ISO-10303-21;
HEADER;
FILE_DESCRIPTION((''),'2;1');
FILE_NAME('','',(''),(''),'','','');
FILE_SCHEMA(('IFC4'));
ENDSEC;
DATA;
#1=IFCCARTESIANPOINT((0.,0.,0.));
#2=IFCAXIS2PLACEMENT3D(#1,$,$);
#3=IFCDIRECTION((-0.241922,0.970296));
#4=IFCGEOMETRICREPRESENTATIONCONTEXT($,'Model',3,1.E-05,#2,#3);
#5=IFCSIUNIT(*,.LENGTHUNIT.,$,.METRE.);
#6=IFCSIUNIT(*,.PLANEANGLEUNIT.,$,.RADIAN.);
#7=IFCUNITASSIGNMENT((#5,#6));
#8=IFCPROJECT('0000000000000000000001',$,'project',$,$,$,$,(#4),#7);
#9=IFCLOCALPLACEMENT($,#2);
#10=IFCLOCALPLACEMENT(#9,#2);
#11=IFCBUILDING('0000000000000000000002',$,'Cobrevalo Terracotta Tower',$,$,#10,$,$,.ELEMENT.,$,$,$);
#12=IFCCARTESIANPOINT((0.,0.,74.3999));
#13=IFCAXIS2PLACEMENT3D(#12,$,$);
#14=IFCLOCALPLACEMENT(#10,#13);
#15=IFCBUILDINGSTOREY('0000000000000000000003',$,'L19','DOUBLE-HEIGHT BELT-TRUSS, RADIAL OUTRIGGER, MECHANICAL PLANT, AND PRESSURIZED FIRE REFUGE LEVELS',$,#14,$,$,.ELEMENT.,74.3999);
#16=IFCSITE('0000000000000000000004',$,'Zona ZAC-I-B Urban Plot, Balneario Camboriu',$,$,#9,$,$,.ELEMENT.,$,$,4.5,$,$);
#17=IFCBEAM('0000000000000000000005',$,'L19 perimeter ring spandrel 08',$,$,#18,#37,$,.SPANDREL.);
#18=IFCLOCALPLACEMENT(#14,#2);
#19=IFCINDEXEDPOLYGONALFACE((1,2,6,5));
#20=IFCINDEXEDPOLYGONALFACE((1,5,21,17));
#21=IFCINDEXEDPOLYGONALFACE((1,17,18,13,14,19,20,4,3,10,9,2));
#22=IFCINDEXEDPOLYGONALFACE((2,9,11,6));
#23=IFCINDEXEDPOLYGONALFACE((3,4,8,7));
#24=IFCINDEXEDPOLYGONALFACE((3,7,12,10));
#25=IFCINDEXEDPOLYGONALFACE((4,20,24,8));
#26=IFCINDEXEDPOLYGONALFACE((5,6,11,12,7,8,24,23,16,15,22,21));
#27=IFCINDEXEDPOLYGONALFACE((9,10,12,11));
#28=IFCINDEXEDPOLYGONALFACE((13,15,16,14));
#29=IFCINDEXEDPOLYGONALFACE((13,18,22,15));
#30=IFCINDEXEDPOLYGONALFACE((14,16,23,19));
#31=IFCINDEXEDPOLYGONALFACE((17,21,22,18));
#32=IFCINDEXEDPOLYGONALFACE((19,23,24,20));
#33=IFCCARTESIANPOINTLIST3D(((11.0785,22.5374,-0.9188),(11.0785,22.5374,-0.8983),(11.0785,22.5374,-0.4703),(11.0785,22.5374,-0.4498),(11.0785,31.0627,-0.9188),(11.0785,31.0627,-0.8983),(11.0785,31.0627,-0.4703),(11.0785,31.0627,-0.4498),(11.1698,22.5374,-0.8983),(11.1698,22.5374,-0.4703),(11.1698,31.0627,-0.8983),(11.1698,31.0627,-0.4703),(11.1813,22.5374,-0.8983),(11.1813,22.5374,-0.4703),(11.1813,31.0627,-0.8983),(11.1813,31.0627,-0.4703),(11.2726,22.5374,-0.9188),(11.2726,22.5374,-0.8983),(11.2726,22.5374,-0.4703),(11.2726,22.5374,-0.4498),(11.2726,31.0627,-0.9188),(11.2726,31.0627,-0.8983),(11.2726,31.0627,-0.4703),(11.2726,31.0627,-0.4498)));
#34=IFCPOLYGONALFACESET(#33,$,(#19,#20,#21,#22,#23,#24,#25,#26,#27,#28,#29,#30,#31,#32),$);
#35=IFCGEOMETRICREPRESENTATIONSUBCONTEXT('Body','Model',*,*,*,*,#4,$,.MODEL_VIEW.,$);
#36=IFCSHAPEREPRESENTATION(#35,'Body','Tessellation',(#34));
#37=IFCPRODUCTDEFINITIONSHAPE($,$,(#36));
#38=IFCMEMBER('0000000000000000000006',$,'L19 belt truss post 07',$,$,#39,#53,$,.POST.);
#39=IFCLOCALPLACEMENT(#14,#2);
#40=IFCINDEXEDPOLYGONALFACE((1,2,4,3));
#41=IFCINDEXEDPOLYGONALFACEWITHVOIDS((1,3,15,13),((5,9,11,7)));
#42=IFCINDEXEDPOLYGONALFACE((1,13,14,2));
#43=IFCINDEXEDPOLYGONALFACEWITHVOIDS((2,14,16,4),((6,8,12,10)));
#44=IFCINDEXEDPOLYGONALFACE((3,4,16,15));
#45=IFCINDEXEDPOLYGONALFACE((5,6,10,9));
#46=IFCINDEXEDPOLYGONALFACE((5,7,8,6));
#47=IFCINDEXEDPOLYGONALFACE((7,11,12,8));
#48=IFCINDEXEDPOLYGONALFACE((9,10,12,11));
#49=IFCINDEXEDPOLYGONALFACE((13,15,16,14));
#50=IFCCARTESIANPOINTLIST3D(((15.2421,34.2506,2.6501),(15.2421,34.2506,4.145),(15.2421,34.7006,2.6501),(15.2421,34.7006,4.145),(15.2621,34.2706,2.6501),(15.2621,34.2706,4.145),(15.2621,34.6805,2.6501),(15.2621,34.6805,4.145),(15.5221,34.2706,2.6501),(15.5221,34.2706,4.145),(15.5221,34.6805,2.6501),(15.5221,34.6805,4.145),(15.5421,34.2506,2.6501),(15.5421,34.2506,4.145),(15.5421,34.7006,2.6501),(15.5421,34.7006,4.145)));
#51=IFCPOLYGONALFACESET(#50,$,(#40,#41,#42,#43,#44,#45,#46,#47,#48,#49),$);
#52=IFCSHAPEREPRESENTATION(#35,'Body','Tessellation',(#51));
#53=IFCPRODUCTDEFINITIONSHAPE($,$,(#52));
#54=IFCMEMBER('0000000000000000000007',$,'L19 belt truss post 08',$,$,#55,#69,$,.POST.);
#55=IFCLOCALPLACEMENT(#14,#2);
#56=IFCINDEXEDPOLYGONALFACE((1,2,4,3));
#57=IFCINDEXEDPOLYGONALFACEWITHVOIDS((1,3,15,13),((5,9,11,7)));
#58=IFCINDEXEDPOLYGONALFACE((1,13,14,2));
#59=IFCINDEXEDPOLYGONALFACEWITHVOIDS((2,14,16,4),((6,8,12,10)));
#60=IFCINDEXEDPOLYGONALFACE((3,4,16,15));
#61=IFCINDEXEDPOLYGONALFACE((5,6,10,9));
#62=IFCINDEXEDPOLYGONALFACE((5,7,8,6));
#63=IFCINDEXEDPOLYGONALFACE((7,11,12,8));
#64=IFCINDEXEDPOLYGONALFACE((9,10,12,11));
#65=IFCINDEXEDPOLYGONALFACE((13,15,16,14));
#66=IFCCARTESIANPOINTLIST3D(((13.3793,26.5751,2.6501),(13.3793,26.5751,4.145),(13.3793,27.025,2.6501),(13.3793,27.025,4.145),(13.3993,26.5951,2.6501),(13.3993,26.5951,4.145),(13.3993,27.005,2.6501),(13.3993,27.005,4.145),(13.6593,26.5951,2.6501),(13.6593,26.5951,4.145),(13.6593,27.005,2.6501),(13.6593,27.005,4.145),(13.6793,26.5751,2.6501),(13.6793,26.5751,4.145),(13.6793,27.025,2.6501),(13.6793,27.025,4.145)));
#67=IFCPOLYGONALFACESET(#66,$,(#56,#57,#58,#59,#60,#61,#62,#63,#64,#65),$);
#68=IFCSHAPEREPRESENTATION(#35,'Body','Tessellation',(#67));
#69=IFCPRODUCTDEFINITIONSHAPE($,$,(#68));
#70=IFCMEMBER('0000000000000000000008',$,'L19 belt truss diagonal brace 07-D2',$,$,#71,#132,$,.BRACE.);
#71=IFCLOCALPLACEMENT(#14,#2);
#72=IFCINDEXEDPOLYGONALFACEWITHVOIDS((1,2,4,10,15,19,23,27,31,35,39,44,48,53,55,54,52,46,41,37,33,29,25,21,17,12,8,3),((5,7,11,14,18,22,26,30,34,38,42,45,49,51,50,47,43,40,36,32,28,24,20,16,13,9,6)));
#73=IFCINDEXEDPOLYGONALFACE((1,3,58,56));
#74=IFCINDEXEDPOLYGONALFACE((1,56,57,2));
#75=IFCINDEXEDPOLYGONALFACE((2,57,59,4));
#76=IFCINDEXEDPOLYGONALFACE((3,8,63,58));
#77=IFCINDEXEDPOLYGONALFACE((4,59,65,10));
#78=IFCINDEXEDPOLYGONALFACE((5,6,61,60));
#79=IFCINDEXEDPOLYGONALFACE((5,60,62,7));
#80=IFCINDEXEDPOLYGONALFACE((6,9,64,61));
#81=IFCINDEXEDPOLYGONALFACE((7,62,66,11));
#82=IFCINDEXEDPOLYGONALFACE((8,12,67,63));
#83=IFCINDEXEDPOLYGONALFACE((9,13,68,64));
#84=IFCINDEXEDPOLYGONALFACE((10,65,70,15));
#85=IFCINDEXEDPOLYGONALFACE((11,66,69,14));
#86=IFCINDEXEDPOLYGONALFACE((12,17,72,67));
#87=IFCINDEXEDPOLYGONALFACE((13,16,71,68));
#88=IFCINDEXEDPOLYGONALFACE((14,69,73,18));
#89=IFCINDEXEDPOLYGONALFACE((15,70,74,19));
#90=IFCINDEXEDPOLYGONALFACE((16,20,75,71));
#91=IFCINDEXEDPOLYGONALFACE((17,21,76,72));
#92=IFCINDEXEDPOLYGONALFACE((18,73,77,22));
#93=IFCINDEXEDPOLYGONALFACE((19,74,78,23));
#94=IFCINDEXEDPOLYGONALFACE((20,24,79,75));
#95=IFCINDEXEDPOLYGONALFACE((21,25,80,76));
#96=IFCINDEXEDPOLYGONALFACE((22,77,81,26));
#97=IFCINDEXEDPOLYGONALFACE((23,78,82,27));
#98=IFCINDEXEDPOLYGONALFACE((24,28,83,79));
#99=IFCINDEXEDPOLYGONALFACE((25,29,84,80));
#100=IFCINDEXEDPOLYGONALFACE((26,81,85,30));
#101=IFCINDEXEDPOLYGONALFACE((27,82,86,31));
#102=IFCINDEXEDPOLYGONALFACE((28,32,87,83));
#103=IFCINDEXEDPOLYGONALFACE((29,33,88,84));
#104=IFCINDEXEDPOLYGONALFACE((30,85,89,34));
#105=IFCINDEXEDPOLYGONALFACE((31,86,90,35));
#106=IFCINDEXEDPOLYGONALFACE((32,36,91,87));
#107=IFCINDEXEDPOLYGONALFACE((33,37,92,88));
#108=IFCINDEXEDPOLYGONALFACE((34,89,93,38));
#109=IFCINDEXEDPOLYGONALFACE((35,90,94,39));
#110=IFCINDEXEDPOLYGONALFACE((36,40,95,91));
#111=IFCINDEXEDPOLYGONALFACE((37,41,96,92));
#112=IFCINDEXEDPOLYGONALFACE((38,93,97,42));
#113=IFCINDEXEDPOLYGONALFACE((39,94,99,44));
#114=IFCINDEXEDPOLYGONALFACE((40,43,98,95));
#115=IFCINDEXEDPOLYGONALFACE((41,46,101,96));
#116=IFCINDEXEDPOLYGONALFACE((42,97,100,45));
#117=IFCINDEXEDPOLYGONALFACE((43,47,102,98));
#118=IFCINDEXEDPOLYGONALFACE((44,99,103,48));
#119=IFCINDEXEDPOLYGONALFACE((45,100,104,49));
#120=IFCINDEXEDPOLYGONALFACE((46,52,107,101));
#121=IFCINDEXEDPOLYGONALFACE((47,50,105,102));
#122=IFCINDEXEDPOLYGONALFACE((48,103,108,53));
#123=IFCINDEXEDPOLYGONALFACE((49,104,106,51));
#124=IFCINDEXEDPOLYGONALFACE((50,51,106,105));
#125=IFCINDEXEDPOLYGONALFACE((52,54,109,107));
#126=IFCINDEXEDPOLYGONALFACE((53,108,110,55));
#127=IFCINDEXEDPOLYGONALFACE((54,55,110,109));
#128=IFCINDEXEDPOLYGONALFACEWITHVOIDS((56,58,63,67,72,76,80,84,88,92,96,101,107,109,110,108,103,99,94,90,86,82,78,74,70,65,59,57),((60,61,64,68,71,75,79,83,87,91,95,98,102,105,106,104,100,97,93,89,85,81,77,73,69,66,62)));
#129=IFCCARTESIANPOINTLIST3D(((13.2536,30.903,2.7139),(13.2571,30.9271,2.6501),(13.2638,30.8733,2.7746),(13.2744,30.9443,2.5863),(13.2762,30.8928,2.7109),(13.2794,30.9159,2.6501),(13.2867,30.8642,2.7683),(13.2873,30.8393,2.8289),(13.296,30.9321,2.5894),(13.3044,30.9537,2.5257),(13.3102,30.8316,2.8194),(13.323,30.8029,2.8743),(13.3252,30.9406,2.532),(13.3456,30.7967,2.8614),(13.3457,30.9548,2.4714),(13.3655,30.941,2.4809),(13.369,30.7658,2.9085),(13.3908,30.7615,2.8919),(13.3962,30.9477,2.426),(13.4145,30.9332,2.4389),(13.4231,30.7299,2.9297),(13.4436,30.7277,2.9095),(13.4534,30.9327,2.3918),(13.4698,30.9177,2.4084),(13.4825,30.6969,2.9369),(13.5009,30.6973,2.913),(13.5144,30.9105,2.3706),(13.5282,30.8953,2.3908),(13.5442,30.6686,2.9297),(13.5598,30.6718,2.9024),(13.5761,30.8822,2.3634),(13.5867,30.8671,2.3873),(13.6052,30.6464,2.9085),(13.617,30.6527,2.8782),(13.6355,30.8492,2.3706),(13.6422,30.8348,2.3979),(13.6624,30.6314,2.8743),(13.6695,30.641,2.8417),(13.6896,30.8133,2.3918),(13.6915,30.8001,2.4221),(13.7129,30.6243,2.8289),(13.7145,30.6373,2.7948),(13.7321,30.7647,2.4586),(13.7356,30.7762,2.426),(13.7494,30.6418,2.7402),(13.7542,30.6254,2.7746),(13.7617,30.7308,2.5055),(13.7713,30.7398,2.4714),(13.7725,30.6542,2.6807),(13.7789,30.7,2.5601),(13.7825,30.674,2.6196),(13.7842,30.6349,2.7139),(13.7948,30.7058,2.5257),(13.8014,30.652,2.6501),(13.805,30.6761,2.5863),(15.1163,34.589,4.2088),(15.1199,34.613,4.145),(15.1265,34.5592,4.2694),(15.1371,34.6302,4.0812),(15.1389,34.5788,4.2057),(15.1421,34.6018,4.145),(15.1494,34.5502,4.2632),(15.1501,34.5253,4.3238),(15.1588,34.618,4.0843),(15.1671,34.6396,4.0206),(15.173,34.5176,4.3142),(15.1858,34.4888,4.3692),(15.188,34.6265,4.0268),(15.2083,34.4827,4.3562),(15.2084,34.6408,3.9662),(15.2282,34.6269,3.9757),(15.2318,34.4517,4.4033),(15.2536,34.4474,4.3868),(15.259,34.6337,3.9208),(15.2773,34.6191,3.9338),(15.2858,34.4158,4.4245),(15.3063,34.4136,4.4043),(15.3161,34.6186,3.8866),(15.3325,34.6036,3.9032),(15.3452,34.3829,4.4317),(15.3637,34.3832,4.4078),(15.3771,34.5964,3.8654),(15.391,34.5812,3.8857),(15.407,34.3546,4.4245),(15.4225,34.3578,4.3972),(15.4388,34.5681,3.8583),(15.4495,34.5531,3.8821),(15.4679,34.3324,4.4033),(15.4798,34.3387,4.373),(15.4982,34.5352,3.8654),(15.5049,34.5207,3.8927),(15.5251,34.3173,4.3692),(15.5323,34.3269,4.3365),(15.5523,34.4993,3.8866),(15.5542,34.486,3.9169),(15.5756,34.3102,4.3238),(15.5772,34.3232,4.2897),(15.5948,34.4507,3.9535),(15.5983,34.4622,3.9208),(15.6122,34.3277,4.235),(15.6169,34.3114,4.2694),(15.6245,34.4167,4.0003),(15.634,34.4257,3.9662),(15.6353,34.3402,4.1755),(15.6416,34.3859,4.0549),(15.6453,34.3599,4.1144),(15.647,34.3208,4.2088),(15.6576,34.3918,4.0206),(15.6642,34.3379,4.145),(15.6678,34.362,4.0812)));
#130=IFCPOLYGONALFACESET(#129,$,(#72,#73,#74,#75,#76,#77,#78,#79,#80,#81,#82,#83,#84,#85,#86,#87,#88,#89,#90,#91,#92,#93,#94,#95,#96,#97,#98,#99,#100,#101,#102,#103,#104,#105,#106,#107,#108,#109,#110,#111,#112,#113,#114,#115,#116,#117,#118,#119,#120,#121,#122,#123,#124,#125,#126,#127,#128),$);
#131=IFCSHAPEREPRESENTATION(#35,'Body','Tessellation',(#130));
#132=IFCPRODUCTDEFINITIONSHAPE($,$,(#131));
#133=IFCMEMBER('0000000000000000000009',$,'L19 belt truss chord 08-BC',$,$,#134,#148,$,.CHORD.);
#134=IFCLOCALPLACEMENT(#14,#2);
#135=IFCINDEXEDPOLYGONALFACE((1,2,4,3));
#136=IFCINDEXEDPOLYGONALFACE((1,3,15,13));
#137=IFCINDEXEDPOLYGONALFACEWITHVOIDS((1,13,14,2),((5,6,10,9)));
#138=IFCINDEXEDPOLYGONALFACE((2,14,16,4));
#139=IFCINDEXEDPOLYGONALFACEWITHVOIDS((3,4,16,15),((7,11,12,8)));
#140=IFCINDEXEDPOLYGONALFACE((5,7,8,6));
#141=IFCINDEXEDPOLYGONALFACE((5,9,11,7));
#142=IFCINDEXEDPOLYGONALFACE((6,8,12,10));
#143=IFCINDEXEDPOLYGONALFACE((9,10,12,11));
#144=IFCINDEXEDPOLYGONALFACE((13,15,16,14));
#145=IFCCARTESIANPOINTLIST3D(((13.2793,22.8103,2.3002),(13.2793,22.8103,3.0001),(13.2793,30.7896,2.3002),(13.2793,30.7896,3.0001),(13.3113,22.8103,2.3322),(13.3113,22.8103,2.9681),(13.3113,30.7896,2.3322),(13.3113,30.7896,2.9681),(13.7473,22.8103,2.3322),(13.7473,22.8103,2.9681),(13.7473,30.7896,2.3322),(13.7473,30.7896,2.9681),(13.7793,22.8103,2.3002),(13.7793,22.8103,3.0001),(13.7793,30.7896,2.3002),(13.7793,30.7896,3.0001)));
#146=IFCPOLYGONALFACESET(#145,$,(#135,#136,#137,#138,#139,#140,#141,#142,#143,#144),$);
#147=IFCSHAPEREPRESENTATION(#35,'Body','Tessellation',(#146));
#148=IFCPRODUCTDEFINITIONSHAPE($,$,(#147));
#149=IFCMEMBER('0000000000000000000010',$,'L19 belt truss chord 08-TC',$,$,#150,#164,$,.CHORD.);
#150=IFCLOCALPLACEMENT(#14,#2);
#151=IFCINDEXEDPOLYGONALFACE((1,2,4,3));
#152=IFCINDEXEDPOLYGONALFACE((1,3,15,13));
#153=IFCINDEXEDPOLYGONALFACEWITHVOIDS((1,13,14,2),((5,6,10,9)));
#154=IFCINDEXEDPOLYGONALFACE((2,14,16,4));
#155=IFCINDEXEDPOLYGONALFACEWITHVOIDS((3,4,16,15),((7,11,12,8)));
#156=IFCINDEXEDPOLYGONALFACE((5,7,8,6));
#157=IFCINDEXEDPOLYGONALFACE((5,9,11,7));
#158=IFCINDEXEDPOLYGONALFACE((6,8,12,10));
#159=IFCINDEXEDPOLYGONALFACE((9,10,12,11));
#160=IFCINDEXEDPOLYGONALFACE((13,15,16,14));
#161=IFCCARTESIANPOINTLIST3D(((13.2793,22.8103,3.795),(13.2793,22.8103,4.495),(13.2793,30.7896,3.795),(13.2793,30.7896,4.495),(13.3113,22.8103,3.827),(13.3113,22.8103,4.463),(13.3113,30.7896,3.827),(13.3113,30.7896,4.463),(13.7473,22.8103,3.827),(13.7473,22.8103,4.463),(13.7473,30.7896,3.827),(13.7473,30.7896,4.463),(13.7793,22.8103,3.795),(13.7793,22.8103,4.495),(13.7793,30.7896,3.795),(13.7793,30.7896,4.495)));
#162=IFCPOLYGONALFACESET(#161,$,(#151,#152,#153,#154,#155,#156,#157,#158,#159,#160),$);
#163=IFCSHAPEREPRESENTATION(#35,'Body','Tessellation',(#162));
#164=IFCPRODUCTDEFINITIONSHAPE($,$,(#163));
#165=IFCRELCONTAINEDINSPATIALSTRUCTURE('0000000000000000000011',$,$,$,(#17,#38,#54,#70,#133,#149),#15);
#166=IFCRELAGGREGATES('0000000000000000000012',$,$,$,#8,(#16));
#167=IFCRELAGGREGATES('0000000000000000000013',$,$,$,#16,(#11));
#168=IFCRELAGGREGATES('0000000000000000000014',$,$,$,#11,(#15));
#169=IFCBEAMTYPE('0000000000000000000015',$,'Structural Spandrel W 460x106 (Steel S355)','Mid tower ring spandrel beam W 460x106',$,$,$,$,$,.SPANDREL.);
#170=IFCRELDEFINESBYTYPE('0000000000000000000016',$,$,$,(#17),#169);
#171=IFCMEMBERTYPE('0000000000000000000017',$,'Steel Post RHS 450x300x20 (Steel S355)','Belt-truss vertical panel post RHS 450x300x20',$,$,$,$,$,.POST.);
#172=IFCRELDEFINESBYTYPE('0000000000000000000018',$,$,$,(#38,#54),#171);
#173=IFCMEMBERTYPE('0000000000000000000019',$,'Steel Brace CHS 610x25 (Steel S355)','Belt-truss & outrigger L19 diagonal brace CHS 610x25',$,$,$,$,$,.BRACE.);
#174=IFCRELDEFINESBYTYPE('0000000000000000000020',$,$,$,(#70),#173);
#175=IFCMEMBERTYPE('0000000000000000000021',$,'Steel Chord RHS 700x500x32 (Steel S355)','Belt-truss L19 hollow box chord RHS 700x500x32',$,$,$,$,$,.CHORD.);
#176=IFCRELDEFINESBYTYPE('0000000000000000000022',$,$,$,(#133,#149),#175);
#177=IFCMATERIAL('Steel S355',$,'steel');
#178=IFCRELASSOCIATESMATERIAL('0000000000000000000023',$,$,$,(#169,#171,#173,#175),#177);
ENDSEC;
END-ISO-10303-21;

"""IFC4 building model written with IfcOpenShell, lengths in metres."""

from ifc_helpers import new_model, si_unit, direction, frame, origin, origin_2d, place, context, subcontext, project, spatial, hollow_rectangle, hollow_circle, i_section, extrude, source, transform, mapped, material, material_profile, profile_set, type_object, element, save


model = new_model("IFC4")

# Units and contexts
model_context = context("Model", 3, precision=1e-05, world=origin(), true_north=direction((-0.241922, 0.970296)))
body_context = subcontext(model_context, "Body", "Model", "MODEL_VIEW")
ifc_project = project(units=[si_unit("LENGTHUNIT", "METRE"), si_unit("PLANEANGLEUNIT", "RADIAN")], contexts=[model_context])

# Site, building, storey
site_placement = place(None, origin())
site = spatial("IfcSite", under=ifc_project, at=site_placement, Name="Zona ZAC-I-B Urban Plot, Balneario Camboriu", CompositionType="ELEMENT", RefElevation=4.5)
building_placement = place(site_placement, origin())
building = spatial("IfcBuilding", under=site, at=building_placement, Name="Cobrevalo Terracotta Tower", CompositionType="ELEMENT")
storey_placement = place(building_placement, frame((0.0, 0.0, 74.3999)))
storey = spatial("IfcBuildingStorey", under=building, at=storey_placement, Name="L19", Description="DOUBLE-HEIGHT BELT-TRUSS, RADIAL OUTRIGGER, MECHANICAL PLANT, AND PRESSURIZED FIRE REFUGE LEVELS", CompositionType="ELEMENT", Elevation=74.3999)

# Shared definitions
ifc_material_1 = material(Name="Steel S355", Category="steel")

# Beam
ifc_material_profile_1 = material_profile(ifc_material_1, i_section(OverallWidth=0.1941, OverallDepth=0.469, WebThickness=0.0115, FlangeThickness=0.0205, at=origin_2d()), Name="W 460x106")
ifc_profile_set_1 = profile_set([ifc_material_profile_1], Name="Steel S355")
beam_type_1 = type_object("IfcBeamType", Name="Structural Spandrel W 460x106 (Steel S355)", Description="Mid tower ring spandrel beam W 460x106", PredefinedType="SPANDREL", material=ifc_profile_set_1)
beam_1_placement = place(storey_placement, frame((11.1755, 31.0627, -0.6843), z_axis=(0.0, -1.0, 0.0), x_axis=(1.0, 0.0, 0.0)))
element("IfcBeam", 1, at=beam_1_placement, inside=storey, type_object=beam_type_1, Name="L19 perimeter ring spandrel 08", PredefinedType="SPANDREL", context=body_context, shape_type="SweptSolid", body=[
    extrude(i_section(OverallWidth=0.1941, OverallDepth=0.469, WebThickness=0.0115, FlangeThickness=0.0205, at=origin_2d()), origin(), (0.0, 0.0, 1.0), 8.5254),
])

# Members
ifc_material_profile_2 = material_profile(ifc_material_1, hollow_rectangle(XDim=0.3, YDim=0.45, WallThickness=0.02, at=origin_2d()), Name="RHS 450x300x20")
ifc_profile_set_2 = profile_set([ifc_material_profile_2], Name="Steel S355")
member_type_1 = type_object("IfcMemberType", Name="Steel Post RHS 450x300x20 (Steel S355)", Description="Belt-truss vertical panel post RHS 450x300x20", PredefinedType="POST", material=ifc_profile_set_2)
shared_shape_1 = source(origin(), body_context, "Body", "SweptSolid", [
    extrude(hollow_rectangle(XDim=0.3, YDim=0.45, WallThickness=0.02, at=origin_2d()), origin(), (0.0, 0.0, 1.0), 1.4949),
])
for number, where, z_axis, x_axis, name in (
    (2, (15.3921, 34.4756, 2.6501), (0.0, 0.0, 1.0), (1.0, 0.0, 0.0), "L19 belt truss post 07"),
    (3, (13.5293, 26.8, 2.6501), (0.0, 0.0, 1.0), (1.0, 0.0, 0.0), "L19 belt truss post 08"),
):
    element("IfcMember", number, at=place(storey_placement, frame(where, z_axis=z_axis, x_axis=x_axis)), inside=storey, type_object=member_type_1, Name=name, PredefinedType="POST", context=body_context, shape_type="MappedRepresentation", body=[
        mapped(shared_shape_1, transform((0.0, 0.0, 0.0), scale=1.0)),
    ])
ifc_material_profile_3 = material_profile(ifc_material_1, hollow_circle(Radius=0.3049, WallThickness=0.0249, at=origin_2d()), Name="CHS 610x25")
ifc_profile_set_3 = profile_set([ifc_material_profile_3], Name="Steel S355")
member_type_2 = type_object("IfcMemberType", Name="Steel Brace CHS 610x25 (Steel S355)", Description="Belt-truss & outrigger L19 diagonal brace CHS 610x25", PredefinedType="BRACE", material=ifc_profile_set_3)
shared_shape_2 = source(origin(), body_context, "Body", "SweptSolid", [
    extrude(hollow_circle(Radius=0.3049, WallThickness=0.0249, at=origin_2d()), origin(), (0.0, 0.0, 1.0), 4.3921),
])
member_1_placement = place(storey_placement, frame((13.5293, 30.7896, 2.6501), z_axis=(0.424113, 0.839221, 0.340347), x_axis=(-0.892504, 0.45104, 0.0)))
element("IfcMember", 4, at=member_1_placement, inside=storey, type_object=member_type_2, Name="L19 belt truss diagonal brace 07-D2", PredefinedType="BRACE", context=body_context, shape_type="MappedRepresentation", body=[
    mapped(shared_shape_2, transform((0.0, 0.0, 0.0), scale=1.0)),
])
ifc_material_profile_4 = material_profile(ifc_material_1, hollow_rectangle(XDim=0.5, YDim=0.7, WallThickness=0.032, at=origin_2d()), Name="RHS 700x500x32")
ifc_profile_set_4 = profile_set([ifc_material_profile_4], Name="Steel S355")
member_type_3 = type_object("IfcMemberType", Name="Steel Chord RHS 700x500x32 (Steel S355)", Description="Belt-truss L19 hollow box chord RHS 700x500x32", PredefinedType="CHORD", material=ifc_profile_set_4)
shared_shape_3 = source(origin(), body_context, "Body", "SweptSolid", [
    extrude(hollow_rectangle(XDim=0.5, YDim=0.7, WallThickness=0.032, at=origin_2d()), origin(), (0.0, 0.0, 1.0), 7.9792),
])
for number, where, z_axis, x_axis, name in (
    (5, (13.5293, 30.7896, 2.6501), (0.0, -1.0, 0.0), (1.0, 0.0, 0.0), "L19 belt truss chord 08-BC"),
    (6, (13.5293, 30.7896, 4.145), (0.0, -1.0, 0.0), (1.0, 0.0, 0.0), "L19 belt truss chord 08-TC"),
):
    element("IfcMember", number, at=place(storey_placement, frame(where, z_axis=z_axis, x_axis=x_axis)), inside=storey, type_object=member_type_3, Name=name, PredefinedType="CHORD", context=body_context, shape_type="MappedRepresentation", body=[
        mapped(shared_shape_3, transform((0.0, 0.0, 0.0), scale=1.0)),
    ])

save(model, "model.ifc")
